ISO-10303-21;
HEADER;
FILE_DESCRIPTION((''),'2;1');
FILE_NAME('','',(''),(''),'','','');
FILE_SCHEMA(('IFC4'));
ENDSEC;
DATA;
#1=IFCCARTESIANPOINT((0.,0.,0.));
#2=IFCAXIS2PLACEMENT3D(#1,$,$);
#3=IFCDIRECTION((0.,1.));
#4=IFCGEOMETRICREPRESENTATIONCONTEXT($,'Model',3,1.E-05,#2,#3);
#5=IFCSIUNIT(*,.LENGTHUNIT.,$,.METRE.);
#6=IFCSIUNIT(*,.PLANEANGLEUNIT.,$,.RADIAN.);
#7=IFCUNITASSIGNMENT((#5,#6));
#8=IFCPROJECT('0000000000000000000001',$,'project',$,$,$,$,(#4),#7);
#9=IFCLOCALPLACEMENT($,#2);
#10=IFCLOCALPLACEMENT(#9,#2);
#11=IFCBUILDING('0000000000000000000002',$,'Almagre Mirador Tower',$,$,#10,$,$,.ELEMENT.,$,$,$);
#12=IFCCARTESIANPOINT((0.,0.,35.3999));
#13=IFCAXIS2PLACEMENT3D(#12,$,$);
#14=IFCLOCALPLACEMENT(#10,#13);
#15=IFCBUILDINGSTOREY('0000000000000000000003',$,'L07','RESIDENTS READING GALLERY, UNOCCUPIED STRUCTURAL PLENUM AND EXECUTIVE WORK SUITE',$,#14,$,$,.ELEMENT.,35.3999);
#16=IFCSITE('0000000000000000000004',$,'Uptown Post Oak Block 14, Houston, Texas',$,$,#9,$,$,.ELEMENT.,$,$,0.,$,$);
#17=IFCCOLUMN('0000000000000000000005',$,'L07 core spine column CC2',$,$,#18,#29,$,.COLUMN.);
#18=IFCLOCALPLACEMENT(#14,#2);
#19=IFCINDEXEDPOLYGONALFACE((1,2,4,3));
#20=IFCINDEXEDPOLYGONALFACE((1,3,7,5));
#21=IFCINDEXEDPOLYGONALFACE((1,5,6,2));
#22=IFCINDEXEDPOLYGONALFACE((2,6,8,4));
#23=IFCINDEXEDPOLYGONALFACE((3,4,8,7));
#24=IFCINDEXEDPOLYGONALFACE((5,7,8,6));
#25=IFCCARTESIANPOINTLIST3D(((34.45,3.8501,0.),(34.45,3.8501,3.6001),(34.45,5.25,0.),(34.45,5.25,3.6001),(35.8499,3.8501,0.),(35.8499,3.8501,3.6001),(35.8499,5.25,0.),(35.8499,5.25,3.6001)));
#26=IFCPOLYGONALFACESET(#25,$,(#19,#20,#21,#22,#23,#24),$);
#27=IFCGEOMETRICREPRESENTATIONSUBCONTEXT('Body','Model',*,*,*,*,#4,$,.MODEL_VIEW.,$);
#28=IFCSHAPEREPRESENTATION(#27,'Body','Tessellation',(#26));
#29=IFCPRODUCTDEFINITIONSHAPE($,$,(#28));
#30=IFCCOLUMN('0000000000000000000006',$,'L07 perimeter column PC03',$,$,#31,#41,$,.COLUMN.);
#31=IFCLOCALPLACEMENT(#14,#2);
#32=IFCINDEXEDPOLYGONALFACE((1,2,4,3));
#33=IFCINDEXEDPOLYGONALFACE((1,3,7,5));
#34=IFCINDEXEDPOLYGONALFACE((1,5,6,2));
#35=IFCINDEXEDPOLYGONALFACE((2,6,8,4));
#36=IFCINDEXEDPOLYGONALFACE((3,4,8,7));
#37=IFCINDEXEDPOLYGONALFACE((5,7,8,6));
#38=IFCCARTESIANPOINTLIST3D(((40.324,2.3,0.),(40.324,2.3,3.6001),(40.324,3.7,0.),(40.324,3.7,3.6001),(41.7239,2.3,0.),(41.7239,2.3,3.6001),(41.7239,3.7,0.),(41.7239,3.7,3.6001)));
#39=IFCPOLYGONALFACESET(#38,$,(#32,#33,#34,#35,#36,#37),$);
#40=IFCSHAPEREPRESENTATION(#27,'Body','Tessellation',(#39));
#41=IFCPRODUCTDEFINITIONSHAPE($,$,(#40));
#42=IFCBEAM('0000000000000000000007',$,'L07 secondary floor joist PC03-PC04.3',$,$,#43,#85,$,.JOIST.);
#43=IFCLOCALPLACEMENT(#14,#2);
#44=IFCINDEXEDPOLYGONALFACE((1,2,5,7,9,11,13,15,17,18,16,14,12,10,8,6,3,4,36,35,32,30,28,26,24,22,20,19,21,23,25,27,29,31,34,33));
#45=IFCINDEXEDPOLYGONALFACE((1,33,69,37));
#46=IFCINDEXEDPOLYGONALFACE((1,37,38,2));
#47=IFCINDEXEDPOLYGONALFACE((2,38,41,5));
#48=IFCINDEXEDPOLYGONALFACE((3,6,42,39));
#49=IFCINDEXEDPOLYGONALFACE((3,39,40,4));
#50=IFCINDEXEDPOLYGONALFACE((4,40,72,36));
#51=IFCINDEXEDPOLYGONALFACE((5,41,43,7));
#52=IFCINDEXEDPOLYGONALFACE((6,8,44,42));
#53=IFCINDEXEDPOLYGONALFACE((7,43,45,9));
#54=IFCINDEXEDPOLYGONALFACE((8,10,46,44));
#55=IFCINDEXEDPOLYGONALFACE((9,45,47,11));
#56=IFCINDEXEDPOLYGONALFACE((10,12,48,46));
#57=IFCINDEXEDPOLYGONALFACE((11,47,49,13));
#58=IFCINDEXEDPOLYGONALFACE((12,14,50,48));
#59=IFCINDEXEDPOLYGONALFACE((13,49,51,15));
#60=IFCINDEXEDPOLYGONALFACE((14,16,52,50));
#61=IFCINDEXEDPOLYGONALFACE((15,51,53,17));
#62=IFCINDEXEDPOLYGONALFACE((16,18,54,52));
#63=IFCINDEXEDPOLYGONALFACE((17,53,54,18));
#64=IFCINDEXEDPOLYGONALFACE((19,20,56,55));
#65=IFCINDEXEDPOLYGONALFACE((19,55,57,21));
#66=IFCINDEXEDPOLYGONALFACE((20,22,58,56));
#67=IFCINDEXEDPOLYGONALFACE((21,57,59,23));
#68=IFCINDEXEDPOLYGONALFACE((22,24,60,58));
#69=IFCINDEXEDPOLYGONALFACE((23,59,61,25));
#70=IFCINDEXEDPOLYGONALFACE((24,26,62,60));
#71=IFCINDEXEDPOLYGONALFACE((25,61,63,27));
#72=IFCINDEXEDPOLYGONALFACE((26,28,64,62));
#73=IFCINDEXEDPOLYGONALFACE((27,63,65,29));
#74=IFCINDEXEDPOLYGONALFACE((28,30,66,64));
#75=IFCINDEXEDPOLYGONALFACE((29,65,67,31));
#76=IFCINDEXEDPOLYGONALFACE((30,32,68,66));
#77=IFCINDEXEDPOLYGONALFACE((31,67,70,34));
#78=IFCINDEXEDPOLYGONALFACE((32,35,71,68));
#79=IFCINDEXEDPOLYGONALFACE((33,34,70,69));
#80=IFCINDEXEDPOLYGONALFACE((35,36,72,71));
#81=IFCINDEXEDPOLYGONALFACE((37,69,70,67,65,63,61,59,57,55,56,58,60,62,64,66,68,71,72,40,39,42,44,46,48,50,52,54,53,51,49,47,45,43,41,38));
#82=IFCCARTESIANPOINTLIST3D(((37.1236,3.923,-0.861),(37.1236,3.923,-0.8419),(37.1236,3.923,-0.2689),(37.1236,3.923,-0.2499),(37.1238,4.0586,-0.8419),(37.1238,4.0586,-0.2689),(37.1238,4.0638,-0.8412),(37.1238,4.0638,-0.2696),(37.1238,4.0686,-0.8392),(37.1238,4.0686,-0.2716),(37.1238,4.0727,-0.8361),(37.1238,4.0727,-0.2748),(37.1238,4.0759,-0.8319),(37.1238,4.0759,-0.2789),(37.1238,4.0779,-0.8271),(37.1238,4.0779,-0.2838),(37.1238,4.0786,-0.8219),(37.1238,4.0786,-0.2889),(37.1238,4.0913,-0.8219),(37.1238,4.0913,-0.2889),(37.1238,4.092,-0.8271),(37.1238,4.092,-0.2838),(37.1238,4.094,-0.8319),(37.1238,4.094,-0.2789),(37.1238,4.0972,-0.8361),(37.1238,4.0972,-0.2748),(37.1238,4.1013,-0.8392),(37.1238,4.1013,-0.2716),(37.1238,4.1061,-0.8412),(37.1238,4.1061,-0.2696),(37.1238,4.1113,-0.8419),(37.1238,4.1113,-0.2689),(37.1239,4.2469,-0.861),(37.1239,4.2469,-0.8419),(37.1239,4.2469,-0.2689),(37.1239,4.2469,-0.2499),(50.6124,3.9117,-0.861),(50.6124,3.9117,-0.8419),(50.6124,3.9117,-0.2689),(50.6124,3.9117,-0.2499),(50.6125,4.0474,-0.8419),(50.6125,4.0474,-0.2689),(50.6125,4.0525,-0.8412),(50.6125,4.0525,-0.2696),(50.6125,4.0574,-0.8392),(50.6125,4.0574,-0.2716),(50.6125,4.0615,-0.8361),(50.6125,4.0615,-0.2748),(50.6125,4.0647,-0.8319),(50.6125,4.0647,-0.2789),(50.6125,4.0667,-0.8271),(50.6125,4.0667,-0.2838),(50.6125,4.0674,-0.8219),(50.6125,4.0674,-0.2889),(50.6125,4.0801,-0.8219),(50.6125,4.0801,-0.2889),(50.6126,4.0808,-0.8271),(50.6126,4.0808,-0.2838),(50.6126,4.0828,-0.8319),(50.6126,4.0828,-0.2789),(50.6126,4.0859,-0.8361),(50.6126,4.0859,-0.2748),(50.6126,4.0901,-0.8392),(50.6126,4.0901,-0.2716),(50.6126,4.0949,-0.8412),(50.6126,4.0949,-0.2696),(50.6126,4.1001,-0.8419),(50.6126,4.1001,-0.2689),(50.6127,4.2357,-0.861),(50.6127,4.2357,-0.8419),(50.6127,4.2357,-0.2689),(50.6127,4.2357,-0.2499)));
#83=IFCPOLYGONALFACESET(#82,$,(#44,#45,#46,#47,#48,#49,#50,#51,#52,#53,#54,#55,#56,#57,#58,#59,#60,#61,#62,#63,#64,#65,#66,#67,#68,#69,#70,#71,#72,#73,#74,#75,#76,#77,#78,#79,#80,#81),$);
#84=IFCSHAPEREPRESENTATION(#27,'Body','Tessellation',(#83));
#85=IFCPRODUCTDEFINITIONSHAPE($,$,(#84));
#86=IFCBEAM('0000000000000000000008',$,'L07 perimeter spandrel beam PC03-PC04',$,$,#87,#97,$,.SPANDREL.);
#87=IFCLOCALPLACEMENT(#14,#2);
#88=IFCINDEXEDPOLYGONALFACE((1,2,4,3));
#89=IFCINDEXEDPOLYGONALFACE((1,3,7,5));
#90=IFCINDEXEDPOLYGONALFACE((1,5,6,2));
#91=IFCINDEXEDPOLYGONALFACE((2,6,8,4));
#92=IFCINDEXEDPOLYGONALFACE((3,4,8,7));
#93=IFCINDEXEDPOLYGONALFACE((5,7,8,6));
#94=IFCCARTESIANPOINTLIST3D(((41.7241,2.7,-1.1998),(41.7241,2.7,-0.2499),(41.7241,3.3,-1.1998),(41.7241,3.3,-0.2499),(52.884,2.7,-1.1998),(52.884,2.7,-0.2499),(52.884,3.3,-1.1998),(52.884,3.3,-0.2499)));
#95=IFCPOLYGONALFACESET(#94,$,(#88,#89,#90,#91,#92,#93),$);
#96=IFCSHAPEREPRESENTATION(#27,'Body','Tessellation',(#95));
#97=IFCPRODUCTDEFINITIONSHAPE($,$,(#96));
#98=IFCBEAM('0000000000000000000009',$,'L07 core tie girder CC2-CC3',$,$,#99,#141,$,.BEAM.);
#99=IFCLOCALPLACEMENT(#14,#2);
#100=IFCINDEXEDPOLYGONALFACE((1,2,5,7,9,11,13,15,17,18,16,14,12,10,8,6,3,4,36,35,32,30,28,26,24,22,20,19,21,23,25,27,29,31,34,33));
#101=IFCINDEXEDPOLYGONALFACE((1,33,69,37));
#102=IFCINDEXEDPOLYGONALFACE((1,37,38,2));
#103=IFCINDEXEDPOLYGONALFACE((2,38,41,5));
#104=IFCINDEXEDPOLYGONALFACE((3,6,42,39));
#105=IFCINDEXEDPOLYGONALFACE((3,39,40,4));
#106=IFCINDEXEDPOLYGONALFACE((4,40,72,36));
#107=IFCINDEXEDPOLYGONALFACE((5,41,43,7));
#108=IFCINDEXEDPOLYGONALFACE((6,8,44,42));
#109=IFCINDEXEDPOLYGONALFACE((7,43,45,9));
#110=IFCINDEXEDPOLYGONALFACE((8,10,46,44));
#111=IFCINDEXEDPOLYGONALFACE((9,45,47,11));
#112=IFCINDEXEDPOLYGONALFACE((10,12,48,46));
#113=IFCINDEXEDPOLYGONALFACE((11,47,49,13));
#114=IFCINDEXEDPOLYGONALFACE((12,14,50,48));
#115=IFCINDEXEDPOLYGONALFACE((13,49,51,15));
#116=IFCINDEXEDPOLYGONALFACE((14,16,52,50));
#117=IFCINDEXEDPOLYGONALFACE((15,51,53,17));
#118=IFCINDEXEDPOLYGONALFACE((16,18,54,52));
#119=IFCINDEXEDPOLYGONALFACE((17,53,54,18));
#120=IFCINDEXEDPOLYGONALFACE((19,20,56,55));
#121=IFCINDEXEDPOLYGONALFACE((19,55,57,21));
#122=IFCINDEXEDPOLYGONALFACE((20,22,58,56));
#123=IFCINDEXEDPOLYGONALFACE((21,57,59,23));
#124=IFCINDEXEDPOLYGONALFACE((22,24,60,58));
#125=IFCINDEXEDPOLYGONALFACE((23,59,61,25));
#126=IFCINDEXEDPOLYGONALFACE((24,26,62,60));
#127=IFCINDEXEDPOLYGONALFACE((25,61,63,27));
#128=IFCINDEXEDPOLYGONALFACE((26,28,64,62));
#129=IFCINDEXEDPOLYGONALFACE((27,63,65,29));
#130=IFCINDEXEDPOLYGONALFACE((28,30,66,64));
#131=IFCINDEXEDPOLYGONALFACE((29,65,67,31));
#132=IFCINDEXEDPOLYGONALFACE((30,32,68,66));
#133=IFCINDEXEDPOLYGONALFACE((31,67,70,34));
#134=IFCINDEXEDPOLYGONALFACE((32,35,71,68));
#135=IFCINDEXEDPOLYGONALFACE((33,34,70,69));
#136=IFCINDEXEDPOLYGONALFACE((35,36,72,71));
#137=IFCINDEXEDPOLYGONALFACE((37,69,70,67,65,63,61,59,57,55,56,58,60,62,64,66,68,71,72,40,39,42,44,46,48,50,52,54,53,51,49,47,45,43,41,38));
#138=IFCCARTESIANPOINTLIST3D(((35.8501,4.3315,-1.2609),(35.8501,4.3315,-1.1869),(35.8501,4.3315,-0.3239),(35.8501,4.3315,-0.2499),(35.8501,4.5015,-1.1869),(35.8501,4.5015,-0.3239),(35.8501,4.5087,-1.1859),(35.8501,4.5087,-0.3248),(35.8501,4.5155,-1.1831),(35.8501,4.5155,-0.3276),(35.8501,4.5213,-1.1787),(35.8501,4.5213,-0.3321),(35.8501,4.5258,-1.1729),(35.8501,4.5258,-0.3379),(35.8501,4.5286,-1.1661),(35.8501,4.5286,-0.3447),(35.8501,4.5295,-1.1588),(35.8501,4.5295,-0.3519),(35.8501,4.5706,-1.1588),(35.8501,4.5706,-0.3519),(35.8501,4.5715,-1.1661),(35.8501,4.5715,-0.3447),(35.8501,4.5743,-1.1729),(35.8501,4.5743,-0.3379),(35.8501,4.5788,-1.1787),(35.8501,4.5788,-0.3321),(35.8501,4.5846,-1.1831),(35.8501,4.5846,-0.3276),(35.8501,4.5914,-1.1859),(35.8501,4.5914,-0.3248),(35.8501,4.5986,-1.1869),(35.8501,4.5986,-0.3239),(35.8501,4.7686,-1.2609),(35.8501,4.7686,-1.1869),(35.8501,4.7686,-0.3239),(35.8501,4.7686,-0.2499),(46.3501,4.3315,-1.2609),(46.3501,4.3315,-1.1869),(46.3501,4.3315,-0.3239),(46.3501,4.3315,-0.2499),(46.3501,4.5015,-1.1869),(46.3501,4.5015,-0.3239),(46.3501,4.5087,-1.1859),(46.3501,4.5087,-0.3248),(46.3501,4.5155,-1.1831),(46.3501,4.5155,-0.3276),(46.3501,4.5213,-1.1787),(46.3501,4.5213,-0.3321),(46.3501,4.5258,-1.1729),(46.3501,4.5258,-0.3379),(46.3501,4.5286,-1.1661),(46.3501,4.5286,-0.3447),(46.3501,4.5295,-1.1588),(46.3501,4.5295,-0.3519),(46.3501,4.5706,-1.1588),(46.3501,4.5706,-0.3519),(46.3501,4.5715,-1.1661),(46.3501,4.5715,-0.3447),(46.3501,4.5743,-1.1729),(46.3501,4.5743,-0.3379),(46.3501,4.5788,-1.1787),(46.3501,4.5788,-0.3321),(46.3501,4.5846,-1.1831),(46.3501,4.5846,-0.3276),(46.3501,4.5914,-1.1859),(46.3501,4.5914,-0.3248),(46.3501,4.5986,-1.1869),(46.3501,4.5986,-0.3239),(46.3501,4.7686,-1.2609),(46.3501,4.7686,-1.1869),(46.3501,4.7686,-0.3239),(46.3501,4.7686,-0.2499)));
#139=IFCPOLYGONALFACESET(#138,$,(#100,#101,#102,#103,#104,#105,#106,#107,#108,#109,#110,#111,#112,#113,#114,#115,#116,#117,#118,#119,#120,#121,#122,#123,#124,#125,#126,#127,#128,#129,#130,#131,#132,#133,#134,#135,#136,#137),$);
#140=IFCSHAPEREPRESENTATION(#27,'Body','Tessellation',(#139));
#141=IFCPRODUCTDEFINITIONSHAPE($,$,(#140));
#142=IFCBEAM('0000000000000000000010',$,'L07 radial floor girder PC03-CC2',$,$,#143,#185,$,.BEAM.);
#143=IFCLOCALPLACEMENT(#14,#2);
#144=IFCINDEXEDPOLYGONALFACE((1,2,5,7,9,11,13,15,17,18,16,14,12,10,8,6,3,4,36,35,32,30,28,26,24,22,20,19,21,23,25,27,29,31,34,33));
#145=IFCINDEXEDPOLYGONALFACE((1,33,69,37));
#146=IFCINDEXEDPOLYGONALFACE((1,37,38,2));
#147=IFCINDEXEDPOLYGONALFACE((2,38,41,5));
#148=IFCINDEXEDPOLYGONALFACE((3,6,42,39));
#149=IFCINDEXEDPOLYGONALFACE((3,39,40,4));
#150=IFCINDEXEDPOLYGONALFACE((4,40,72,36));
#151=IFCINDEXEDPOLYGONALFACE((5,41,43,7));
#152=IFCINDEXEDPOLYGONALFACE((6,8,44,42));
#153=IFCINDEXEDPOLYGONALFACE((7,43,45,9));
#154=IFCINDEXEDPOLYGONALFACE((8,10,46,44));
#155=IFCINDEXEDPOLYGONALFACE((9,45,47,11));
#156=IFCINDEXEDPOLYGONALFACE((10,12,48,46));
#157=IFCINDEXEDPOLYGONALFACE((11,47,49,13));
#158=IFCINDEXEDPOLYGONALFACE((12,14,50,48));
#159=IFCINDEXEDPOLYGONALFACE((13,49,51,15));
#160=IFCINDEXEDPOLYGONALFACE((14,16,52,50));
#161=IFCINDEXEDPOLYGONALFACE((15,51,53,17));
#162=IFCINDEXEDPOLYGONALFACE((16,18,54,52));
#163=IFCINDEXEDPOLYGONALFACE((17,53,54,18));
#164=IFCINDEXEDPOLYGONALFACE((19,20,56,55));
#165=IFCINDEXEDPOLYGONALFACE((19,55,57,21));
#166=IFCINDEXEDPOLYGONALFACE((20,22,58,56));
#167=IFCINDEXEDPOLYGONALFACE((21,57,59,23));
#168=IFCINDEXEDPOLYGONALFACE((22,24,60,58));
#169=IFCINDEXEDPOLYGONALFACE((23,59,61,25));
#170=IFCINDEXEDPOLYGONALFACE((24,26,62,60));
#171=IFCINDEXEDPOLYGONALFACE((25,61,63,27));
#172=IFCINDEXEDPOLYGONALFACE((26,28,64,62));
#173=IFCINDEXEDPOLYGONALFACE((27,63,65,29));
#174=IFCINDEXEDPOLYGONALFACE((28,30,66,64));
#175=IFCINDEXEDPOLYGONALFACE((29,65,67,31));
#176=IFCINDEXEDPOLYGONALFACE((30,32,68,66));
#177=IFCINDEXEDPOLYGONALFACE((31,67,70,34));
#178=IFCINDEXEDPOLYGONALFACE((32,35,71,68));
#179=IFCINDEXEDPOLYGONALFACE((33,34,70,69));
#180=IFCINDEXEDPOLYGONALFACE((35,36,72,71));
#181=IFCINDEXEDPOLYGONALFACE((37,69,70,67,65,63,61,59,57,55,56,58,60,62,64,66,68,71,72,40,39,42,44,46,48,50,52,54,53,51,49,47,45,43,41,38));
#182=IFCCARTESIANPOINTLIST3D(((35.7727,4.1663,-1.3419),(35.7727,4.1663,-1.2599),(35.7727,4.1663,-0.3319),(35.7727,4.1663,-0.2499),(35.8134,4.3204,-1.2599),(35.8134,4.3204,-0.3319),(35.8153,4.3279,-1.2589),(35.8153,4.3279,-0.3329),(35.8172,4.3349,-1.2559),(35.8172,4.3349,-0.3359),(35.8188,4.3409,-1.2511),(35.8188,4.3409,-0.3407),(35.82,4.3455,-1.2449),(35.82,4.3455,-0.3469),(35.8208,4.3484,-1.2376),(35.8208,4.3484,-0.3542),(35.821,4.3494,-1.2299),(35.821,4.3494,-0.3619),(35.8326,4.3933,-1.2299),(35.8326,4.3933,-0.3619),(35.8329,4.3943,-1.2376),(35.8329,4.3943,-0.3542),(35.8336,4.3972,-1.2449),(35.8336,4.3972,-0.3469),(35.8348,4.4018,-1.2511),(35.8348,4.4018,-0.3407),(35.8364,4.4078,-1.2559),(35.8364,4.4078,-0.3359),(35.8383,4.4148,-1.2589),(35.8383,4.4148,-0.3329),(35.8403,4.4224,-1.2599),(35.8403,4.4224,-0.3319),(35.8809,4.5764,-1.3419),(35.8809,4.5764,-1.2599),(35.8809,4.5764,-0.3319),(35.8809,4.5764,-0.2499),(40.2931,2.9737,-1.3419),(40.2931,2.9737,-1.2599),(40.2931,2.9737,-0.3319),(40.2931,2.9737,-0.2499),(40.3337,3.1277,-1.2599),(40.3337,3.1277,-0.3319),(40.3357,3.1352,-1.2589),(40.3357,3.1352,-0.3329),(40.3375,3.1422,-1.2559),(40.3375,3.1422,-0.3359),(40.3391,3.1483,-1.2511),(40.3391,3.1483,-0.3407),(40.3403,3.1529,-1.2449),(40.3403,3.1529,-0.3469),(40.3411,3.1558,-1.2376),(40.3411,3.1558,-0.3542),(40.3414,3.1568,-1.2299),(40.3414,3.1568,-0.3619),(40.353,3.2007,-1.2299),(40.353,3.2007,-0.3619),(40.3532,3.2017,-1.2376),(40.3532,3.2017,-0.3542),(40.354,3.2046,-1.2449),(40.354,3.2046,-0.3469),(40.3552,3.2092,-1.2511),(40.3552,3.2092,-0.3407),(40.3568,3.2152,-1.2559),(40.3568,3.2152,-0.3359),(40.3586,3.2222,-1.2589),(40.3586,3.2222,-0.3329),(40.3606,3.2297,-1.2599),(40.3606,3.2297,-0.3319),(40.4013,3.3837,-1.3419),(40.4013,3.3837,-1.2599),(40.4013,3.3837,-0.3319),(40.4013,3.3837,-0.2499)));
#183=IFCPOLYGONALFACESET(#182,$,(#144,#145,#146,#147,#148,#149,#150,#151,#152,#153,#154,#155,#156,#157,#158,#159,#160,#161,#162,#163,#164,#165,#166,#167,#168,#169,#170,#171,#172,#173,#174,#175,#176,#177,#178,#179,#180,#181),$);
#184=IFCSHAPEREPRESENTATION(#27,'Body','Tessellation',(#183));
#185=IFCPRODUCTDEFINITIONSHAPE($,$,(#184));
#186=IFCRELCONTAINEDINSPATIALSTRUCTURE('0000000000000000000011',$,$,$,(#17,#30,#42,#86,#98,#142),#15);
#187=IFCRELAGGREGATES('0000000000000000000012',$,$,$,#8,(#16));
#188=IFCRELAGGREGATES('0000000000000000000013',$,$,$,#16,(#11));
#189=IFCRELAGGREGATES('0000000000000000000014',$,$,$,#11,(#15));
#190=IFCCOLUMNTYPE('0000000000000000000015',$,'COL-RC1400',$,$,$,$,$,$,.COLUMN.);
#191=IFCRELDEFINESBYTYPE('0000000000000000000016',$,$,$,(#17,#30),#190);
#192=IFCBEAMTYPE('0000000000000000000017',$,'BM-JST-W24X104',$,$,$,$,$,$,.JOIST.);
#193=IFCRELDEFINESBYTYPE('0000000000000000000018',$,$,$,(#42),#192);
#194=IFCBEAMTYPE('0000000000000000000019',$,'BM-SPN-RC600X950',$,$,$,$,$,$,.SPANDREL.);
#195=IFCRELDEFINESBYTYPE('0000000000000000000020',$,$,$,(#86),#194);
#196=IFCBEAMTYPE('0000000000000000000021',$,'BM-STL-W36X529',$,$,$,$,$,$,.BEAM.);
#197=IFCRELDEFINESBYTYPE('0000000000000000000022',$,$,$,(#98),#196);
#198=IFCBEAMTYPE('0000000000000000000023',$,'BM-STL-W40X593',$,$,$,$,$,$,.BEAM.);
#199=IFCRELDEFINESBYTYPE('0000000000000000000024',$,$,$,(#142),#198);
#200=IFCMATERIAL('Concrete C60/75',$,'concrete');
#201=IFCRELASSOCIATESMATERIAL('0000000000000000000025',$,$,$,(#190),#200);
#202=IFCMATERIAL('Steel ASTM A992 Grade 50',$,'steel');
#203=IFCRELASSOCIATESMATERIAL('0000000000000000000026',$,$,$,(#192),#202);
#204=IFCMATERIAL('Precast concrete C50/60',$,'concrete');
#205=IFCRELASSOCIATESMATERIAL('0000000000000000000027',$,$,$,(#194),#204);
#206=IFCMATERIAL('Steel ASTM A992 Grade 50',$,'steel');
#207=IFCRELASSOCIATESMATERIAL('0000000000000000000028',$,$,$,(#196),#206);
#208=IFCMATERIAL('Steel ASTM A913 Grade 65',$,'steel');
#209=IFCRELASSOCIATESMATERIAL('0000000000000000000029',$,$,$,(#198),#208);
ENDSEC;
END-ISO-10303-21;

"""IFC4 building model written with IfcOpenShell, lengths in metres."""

from ifc_helpers import new_model, si_unit, direction, frame, origin, origin_2d, place, context, subcontext, project, spatial, rectangle, i_section, extrude, material, material_profile, profile_set, type_object, element, save


model = new_model("IFC4")

# Units and contexts
model_context = context("Model", 3, precision=1e-05, world=origin(), true_north=direction((0.0, 1.0)))
body_context = subcontext(model_context, "Body", "Model", "MODEL_VIEW")
ifc_project = project(units=[si_unit("LENGTHUNIT", "METRE"), si_unit("PLANEANGLEUNIT", "RADIAN")], contexts=[model_context])

# Site, building, storey
site_placement = place(None, origin())
site = spatial("IfcSite", under=ifc_project, at=site_placement, Name="Uptown Post Oak Block 14, Houston, Texas", CompositionType="ELEMENT", RefElevation=0.0)
building_placement = place(site_placement, origin())
building = spatial("IfcBuilding", under=site, at=building_placement, Name="Almagre Mirador Tower", CompositionType="ELEMENT")
storey_placement = place(building_placement, frame((0.0, 0.0, 35.3999)))
storey = spatial("IfcBuildingStorey", under=building, at=storey_placement, Name="L07", Description="RESIDENTS READING GALLERY, UNOCCUPIED STRUCTURAL PLENUM AND EXECUTIVE WORK SUITE", CompositionType="ELEMENT", Elevation=35.3999)

# Columns
ifc_material_1 = material(Name="Concrete C60/75", Category="concrete")
ifc_material_profile_1 = material_profile(ifc_material_1, rectangle(XDim=1.3999, YDim=1.3999, at=origin_2d()), Name="RC1400X1400")
ifc_profile_set_1 = profile_set([ifc_material_profile_1], Name="Concrete C60/75")
column_type = type_object("IfcColumnType", Name="COL-RC1400", PredefinedType="COLUMN", material=ifc_profile_set_1)
for number, where, z_axis, x_axis, name in (
    (1, (35.1499, 4.55, 0.0), (0.0, 0.0, 1.0), (1.0, 0.0, 0.0), "L07 core spine column CC2"),
    (2, (41.0239, 3.0, 0.0), (0.0, 0.0, 1.0), (1.0, 0.0, 0.0), "L07 perimeter column PC03"),
):
    element("IfcColumn", number, at=place(storey_placement, frame(where, z_axis=z_axis, x_axis=x_axis)), inside=storey, type_object=column_type, Name=name, PredefinedType="COLUMN", context=body_context, shape_type="SweptSolid", body=[
        extrude(rectangle(XDim=1.3999, YDim=1.3999, at=origin_2d()), origin(), (0.0, 0.0, 1.0), 3.6001),
    ])

# Beams
ifc_material_2 = material(Name="Steel ASTM A992 Grade 50", Category="steel")
ifc_material_profile_2 = material_profile(ifc_material_2, i_section(OverallWidth=0.324, OverallDepth=0.6111, WebThickness=0.0127, FlangeThickness=0.019, FilletRadius=0.02, at=origin_2d()), Name="W24X104")
ifc_profile_set_2 = profile_set([ifc_material_profile_2], Name="Steel ASTM A992 Grade 50")
beam_type_1 = type_object("IfcBeamType", Name="BM-JST-W24X104", PredefinedType="JOIST", material=ifc_profile_set_2)
beam_1_placement = place(storey_placement, frame((37.1238, 4.085, -0.5554), z_axis=(1.0, -0.000833, 0.0), x_axis=(0.000833, 1.0, 0.0)))
element("IfcBeam", 3, at=beam_1_placement, inside=storey, type_object=beam_type_1, Name="L07 secondary floor joist PC03-PC04.3", PredefinedType="JOIST", context=body_context, shape_type="SweptSolid", body=[
    extrude(i_section(OverallWidth=0.324, OverallDepth=0.6111, WebThickness=0.0127, FlangeThickness=0.019, FilletRadius=0.02, at=origin_2d()), origin(), (0.0, 0.0, 1.0), 13.4888),
])
ifc_material_3 = material(Name="Precast concrete C50/60", Category="concrete")
ifc_material_profile_3 = material_profile(ifc_material_3, rectangle(XDim=0.6001, YDim=0.95, at=origin_2d()), Name="RC600X950")
ifc_profile_set_3 = profile_set([ifc_material_profile_3], Name="Precast concrete C50/60")
beam_type_2 = type_object("IfcBeamType", Name="BM-SPN-RC600X950", PredefinedType="SPANDREL", material=ifc_profile_set_3)
beam_2_placement = place(storey_placement, frame((41.7241, 3.0, -0.7249), z_axis=(1.0, 0.0, 0.0), x_axis=(0.0, 1.0, 0.0)))
element("IfcBeam", 4, at=beam_2_placement, inside=storey, type_object=beam_type_2, Name="L07 perimeter spandrel beam PC03-PC04", PredefinedType="SPANDREL", context=body_context, shape_type="SweptSolid", body=[
    extrude(rectangle(XDim=0.6001, YDim=0.95, at=origin_2d()), origin(), (0.0, 0.0, 1.0), 11.1599),
])
ifc_material_4 = material(Name="Steel ASTM A992 Grade 50", Category="steel")
ifc_material_profile_4 = material_profile(ifc_material_4, i_section(OverallWidth=0.437, OverallDepth=1.011, WebThickness=0.041, FlangeThickness=0.074, FilletRadius=0.0281, at=origin_2d()), Name="W36X529")
ifc_profile_set_4 = profile_set([ifc_material_profile_4], Name="Steel ASTM A992 Grade 50")
beam_type_3 = type_object("IfcBeamType", Name="BM-STL-W36X529", PredefinedType="BEAM", material=ifc_profile_set_4)
beam_3_placement = place(storey_placement, frame((35.8501, 4.55, -0.7554), z_axis=(1.0, 0.0, 0.0), x_axis=(0.0, 1.0, 0.0)))
element("IfcBeam", 5, at=beam_3_placement, inside=storey, type_object=beam_type_3, Name="L07 core tie girder CC2-CC3", PredefinedType="BEAM", context=body_context, shape_type="SweptSolid", body=[
    extrude(i_section(OverallWidth=0.437, OverallDepth=1.011, WebThickness=0.041, FlangeThickness=0.074, FilletRadius=0.0281, at=origin_2d()), origin(), (0.0, 0.0, 1.0), 10.5),
])
ifc_material_5 = material(Name="Steel ASTM A913 Grade 65", Category="steel")
ifc_material_profile_5 = material_profile(ifc_material_5, i_section(OverallWidth=0.4241, OverallDepth=1.092, WebThickness=0.0454, FlangeThickness=0.082, FilletRadius=0.03, at=origin_2d()), Name="W40X593")
ifc_profile_set_5 = profile_set([ifc_material_profile_5], Name="Steel ASTM A913 Grade 65")
beam_type_4 = type_object("IfcBeamType", Name="BM-STL-W40X593", PredefinedType="BEAM", material=ifc_profile_set_5)
beam_4_placement = place(storey_placement, frame((40.3472, 3.1787, -0.7959), z_axis=(-0.966912, 0.25511, 0.0), x_axis=(-0.25511, -0.966912, 0.0)))
element("IfcBeam", 6, at=beam_4_placement, inside=storey, type_object=beam_type_4, Name="L07 radial floor girder PC03-CC2", PredefinedType="BEAM", context=body_context, shape_type="SweptSolid", body=[
    extrude(i_section(OverallWidth=0.4241, OverallDepth=1.092, WebThickness=0.0454, FlangeThickness=0.082, FilletRadius=0.03, at=origin_2d()), origin(), (0.0, 0.0, 1.0), 4.675),
])

save(model, "model.ifc")
